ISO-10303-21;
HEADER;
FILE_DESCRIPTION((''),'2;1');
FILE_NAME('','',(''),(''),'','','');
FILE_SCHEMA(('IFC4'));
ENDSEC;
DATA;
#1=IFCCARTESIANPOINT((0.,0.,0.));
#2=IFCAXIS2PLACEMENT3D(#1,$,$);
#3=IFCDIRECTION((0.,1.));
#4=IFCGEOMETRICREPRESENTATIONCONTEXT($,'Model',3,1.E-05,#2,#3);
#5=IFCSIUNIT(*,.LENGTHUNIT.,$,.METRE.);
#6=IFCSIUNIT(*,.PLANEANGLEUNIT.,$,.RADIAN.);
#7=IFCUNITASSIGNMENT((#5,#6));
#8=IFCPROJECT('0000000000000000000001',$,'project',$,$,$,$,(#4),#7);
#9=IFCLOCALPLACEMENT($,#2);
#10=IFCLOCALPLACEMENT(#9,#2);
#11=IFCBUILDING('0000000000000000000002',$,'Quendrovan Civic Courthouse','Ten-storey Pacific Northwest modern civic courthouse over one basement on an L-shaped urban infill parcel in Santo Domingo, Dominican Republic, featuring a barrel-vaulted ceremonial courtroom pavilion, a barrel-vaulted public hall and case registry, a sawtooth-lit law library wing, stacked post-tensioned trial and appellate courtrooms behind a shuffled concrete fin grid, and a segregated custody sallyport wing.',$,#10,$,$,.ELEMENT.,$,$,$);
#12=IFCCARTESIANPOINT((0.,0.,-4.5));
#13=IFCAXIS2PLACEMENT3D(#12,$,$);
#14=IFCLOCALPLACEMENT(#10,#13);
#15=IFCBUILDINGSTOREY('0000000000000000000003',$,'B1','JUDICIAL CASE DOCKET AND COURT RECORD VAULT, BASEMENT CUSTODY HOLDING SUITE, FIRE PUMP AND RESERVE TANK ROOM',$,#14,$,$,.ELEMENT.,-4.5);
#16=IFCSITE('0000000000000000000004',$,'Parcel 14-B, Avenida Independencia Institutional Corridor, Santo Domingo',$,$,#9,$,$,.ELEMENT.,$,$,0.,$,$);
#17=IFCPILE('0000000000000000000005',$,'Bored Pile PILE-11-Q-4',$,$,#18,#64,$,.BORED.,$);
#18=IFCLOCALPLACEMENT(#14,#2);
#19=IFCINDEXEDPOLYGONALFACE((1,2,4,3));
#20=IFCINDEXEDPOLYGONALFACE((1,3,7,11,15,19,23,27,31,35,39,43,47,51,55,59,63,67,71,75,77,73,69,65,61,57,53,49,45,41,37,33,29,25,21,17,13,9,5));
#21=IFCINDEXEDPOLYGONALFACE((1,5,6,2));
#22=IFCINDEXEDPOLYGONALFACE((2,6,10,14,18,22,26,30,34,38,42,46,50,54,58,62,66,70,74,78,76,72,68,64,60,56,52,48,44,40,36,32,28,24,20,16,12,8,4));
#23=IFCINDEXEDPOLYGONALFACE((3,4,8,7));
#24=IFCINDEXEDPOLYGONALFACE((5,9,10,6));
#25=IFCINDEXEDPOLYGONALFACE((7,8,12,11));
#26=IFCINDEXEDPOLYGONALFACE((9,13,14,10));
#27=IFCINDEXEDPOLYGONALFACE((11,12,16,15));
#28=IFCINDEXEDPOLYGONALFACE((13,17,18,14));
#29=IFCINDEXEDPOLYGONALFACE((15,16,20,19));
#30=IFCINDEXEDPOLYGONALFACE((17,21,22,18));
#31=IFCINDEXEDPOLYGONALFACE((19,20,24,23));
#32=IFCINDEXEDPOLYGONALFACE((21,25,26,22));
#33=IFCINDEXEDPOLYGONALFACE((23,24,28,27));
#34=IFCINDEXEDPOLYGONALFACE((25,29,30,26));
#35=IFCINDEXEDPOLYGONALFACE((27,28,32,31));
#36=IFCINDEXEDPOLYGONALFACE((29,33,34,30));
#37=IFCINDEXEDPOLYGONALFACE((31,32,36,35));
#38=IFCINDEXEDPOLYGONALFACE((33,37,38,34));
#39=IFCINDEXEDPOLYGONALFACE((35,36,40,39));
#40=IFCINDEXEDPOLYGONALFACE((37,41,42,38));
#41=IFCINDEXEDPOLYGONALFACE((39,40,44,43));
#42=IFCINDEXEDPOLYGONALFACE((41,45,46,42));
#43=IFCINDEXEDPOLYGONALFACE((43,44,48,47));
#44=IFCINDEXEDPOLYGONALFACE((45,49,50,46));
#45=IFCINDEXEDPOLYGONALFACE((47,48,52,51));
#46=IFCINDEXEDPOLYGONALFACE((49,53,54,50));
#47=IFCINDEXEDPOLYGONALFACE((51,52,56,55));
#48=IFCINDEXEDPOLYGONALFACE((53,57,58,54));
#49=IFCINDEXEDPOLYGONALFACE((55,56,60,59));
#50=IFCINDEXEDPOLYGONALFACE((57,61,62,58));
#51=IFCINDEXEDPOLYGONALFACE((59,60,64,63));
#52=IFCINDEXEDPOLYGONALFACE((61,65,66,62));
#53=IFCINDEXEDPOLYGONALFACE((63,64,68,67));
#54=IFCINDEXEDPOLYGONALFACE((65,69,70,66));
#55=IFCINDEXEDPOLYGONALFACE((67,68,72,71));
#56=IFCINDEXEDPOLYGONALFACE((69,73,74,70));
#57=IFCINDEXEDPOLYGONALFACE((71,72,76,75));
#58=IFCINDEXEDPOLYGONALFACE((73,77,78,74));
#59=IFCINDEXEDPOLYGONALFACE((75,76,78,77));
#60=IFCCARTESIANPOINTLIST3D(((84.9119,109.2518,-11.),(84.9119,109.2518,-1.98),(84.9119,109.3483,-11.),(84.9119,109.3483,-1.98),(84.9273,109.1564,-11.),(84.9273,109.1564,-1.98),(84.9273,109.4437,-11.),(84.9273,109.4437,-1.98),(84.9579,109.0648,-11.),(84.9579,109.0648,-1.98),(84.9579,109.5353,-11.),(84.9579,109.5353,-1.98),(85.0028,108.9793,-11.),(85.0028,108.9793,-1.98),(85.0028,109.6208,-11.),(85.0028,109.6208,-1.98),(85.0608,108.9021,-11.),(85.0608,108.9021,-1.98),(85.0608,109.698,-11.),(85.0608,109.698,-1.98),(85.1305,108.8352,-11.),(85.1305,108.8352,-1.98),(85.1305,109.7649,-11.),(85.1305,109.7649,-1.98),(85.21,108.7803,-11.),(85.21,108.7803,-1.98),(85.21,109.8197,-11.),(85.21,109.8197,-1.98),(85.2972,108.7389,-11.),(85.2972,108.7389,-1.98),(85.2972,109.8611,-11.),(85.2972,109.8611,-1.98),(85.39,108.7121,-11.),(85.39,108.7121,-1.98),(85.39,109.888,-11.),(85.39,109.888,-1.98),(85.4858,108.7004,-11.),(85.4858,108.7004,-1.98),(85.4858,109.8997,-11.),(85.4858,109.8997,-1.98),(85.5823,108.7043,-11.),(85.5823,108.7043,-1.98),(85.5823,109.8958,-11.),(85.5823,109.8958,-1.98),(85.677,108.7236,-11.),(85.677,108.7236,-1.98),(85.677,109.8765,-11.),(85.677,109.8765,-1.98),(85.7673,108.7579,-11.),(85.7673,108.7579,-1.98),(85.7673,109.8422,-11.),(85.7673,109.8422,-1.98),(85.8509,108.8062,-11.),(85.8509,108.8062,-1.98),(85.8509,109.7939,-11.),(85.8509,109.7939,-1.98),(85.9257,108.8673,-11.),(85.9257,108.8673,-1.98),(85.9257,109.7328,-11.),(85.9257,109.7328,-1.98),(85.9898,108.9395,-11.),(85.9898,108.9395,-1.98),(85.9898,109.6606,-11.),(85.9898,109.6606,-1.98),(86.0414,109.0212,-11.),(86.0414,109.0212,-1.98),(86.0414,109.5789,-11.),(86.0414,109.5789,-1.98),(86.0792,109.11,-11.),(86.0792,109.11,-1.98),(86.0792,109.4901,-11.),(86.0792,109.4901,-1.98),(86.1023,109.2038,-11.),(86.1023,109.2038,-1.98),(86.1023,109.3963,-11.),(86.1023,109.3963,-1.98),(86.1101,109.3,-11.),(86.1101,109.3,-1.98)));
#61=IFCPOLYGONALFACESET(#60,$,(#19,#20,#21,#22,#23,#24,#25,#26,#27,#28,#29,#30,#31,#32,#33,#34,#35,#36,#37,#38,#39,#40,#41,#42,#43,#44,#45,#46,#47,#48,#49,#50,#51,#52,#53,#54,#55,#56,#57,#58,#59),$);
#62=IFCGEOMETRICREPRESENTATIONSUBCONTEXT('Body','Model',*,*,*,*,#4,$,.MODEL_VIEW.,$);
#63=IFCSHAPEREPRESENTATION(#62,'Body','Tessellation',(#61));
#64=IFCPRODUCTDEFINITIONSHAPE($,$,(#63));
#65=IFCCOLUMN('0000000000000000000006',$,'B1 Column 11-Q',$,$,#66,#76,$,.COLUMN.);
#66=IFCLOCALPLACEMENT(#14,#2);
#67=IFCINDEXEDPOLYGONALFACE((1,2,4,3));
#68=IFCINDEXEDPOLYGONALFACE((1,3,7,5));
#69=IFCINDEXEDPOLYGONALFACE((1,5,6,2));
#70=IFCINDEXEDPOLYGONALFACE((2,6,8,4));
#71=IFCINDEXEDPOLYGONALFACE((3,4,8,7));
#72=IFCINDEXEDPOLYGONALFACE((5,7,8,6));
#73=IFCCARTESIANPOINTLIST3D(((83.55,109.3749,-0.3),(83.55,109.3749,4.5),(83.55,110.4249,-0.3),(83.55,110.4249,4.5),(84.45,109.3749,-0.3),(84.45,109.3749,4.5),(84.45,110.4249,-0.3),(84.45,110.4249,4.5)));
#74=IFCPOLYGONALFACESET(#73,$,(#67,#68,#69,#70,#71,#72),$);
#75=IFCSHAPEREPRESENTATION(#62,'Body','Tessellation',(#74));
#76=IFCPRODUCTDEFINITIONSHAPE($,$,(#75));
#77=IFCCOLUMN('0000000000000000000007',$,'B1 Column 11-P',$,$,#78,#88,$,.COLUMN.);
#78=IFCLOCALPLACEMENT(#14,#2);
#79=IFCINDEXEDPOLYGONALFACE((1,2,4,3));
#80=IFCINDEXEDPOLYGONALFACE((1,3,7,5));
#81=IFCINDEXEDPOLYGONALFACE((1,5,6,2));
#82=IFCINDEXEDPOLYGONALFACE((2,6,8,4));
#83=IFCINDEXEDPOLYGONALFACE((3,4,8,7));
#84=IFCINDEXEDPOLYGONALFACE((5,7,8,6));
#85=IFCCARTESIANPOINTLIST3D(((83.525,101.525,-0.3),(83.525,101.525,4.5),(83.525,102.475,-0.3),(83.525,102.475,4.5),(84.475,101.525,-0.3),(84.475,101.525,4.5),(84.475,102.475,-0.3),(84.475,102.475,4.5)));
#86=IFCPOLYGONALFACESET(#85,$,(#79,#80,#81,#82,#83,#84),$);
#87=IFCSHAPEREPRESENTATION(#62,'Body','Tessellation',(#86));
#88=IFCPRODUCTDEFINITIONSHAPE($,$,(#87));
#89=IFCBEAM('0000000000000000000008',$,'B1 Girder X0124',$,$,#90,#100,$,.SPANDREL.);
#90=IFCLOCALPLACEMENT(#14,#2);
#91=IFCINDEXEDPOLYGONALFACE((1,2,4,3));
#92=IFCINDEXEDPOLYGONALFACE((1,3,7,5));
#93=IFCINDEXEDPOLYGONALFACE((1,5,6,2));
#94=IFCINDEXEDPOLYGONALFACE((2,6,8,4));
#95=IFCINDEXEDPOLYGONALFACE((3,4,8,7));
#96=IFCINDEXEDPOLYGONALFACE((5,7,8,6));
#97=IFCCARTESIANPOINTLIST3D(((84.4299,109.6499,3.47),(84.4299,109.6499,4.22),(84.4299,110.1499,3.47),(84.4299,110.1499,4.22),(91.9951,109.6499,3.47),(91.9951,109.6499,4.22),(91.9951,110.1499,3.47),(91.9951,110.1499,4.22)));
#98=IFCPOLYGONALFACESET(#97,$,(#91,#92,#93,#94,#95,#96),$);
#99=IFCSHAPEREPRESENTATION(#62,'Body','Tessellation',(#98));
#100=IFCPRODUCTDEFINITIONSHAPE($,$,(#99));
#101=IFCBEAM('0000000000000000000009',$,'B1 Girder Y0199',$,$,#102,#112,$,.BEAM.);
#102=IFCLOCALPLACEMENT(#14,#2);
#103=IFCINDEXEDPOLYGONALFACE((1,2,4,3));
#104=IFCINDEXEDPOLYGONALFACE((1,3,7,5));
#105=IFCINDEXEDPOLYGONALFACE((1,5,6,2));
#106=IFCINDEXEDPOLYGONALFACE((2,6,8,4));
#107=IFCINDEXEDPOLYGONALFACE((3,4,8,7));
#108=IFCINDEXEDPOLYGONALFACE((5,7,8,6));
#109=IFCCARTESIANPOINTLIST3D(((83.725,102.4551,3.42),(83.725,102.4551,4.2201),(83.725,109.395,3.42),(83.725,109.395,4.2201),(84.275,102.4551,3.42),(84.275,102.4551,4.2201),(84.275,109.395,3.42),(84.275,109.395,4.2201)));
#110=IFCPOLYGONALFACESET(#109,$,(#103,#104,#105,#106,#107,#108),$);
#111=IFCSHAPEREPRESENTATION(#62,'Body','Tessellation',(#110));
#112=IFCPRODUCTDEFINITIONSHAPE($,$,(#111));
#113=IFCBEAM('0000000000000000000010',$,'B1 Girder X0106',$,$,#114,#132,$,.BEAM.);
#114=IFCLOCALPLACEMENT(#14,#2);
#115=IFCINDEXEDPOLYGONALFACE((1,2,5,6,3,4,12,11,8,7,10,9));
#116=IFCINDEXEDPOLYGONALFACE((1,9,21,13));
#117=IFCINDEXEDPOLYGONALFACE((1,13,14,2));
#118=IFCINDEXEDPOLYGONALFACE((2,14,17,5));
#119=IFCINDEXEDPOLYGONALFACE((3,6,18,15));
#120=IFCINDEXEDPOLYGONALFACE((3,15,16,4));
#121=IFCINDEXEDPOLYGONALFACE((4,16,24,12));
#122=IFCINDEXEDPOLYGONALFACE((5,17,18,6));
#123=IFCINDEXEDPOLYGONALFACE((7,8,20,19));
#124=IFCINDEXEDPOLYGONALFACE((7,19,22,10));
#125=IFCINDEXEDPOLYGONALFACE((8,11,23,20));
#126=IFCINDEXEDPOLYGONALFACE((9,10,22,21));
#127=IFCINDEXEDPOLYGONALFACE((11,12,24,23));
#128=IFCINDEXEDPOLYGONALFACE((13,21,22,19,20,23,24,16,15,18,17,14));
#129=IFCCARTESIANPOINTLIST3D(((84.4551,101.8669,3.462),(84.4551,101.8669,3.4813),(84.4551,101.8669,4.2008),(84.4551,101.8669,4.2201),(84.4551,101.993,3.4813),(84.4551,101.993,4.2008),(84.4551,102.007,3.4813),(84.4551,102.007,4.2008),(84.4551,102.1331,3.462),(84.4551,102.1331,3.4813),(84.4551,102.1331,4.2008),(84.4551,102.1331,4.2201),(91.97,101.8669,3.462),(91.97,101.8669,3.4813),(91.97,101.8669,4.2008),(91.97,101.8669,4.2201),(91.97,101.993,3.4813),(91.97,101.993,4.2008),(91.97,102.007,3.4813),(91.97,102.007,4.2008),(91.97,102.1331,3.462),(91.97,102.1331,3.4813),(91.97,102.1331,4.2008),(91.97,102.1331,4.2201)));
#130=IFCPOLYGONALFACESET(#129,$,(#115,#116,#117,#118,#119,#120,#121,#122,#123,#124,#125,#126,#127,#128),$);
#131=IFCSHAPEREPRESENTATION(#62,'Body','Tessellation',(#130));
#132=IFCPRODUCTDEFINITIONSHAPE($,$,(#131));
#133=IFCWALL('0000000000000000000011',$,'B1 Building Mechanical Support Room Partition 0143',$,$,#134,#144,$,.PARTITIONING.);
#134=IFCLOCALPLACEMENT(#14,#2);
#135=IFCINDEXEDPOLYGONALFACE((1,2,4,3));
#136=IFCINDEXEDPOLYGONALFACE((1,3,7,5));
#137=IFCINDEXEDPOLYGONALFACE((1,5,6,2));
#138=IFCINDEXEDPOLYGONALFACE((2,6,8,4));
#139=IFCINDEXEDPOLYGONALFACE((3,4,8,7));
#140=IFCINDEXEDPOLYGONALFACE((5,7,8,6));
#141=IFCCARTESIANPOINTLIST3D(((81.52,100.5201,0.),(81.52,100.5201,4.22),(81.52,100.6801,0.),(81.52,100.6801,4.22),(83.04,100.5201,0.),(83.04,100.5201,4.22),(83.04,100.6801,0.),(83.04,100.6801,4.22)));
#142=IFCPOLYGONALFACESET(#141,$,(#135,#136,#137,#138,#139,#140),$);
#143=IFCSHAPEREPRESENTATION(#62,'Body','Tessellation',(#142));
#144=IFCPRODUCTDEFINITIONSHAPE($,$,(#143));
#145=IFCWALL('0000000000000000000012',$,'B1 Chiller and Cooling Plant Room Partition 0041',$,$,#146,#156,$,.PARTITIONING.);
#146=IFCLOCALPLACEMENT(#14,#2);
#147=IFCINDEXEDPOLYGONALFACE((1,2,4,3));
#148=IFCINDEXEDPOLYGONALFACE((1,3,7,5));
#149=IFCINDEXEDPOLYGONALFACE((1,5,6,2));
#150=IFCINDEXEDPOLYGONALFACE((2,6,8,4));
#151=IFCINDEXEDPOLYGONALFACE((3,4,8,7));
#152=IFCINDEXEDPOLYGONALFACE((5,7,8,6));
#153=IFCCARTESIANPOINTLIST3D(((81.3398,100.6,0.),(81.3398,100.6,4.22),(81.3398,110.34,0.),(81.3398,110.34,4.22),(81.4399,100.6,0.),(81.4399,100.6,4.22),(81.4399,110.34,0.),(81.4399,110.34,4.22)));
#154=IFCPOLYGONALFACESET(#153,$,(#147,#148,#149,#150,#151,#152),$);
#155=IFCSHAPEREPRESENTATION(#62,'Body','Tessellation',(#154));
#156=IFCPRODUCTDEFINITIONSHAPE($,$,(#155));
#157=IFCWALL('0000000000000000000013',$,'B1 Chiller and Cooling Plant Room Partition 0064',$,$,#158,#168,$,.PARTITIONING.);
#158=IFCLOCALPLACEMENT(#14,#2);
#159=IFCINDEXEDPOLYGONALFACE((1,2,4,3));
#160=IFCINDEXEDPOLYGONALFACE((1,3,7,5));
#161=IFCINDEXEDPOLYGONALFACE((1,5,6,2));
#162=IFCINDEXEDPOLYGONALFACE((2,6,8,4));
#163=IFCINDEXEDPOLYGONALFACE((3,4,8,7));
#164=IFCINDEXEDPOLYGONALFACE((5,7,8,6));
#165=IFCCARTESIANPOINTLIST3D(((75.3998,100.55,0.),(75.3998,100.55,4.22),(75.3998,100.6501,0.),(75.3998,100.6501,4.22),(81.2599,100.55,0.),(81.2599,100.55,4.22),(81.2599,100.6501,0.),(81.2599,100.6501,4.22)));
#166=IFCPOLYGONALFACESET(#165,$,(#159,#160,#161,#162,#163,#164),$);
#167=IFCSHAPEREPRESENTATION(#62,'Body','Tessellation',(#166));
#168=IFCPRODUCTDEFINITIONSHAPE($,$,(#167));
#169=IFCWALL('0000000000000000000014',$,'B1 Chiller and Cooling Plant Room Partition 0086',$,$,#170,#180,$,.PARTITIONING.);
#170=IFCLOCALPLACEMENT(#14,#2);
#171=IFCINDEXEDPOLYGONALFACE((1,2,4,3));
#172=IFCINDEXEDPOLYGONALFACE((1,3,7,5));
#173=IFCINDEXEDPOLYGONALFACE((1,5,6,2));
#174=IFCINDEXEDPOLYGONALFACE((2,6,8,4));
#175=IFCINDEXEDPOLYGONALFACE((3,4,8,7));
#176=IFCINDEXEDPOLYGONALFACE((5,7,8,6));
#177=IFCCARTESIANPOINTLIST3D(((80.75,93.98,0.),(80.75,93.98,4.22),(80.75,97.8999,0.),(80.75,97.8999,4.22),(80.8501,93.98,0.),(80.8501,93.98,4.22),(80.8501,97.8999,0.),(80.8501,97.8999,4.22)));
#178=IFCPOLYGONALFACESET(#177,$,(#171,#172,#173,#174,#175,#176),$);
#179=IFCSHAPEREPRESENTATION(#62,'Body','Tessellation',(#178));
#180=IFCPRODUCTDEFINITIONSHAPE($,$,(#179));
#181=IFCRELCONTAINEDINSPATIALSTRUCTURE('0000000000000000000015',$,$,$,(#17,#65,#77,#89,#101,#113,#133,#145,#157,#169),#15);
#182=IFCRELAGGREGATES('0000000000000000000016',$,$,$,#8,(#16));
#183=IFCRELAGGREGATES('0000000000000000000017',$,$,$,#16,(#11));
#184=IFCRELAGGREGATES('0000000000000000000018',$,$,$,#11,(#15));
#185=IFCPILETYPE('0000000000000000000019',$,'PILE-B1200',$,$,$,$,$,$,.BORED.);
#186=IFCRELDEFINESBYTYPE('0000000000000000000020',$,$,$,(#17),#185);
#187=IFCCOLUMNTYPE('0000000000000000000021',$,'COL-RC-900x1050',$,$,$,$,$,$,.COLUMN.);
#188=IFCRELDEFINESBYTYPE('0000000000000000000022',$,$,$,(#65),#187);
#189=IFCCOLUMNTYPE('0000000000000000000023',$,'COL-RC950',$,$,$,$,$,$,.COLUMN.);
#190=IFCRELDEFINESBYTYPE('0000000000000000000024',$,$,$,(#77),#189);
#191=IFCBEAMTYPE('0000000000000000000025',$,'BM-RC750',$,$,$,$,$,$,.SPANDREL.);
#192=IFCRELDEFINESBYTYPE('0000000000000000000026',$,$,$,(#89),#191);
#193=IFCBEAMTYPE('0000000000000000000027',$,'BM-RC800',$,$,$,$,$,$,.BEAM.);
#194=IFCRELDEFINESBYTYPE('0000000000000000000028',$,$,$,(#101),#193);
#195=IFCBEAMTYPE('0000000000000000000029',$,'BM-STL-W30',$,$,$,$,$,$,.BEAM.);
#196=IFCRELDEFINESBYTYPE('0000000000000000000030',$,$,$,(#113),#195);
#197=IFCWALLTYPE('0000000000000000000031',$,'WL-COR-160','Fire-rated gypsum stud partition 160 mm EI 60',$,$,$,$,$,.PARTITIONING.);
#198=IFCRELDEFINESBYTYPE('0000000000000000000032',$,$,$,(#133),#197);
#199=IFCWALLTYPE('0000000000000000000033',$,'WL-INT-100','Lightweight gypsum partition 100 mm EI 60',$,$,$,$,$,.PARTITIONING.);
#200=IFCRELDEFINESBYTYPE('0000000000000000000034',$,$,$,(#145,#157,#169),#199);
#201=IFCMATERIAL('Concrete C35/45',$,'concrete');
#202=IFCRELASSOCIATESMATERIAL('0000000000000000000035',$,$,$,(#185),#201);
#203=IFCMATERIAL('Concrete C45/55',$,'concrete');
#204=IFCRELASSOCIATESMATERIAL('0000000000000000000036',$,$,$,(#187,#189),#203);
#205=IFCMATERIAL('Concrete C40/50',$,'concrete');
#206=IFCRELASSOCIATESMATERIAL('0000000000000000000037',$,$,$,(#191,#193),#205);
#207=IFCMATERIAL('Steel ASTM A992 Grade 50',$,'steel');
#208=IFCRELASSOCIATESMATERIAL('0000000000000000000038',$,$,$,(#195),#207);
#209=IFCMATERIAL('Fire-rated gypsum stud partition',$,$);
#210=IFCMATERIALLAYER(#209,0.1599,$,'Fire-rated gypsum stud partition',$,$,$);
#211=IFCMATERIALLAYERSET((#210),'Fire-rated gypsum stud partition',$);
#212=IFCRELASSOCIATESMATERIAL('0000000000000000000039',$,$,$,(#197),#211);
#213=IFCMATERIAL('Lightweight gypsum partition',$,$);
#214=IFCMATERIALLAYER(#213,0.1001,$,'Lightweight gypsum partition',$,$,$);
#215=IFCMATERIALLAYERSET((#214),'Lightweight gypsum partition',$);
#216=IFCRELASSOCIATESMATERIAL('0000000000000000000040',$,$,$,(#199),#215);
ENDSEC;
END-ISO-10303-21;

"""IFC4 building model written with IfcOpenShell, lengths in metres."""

from ifc_helpers import new_model, si_unit, direction, frame, frame_2d, origin, origin_2d, place, context, subcontext, project, spatial, rectangle, circle, i_section, extrude, material, layer, layer_set, material_profile, profile_set, type_object, element, save


model = new_model("IFC4")

# Units and contexts
model_context = context("Model", 3, precision=1e-05, world=origin(), true_north=direction((0.0, 1.0)))
body_context = subcontext(model_context, "Body", "Model", "MODEL_VIEW")
ifc_project = project(units=[si_unit("LENGTHUNIT", "METRE"), si_unit("PLANEANGLEUNIT", "RADIAN")], contexts=[model_context])

# Site, building, storey
site_placement = place(None, origin())
site = spatial("IfcSite", under=ifc_project, at=site_placement, Name="Parcel 14-B, Avenida Independencia Institutional Corridor, Santo Domingo", CompositionType="ELEMENT", RefElevation=0.0)
building_placement = place(site_placement, origin())
building = spatial("IfcBuilding", under=site, at=building_placement, Name="Quendrovan Civic Courthouse", Description="Ten-storey Pacific Northwest modern civic courthouse over one basement on an L-shaped urban infill parcel in Santo Domingo, Dominican Republic, featuring a barrel-vaulted ceremonial courtroom pavilion, a barrel-vaulted public hall and case registry, a sawtooth-lit law library wing, stacked post-tensioned trial and appellate courtrooms behind a shuffled concrete fin grid, and a segregated custody sallyport wing.", CompositionType="ELEMENT")
storey_placement = place(building_placement, frame((0.0, 0.0, -4.5)))
storey = spatial("IfcBuildingStorey", under=building, at=storey_placement, Name="B1", Description="JUDICIAL CASE DOCKET AND COURT RECORD VAULT, BASEMENT CUSTODY HOLDING SUITE, FIRE PUMP AND RESERVE TANK ROOM", CompositionType="ELEMENT", Elevation=-4.5)

# Shared definitions
ifc_material_1 = material(Name="Concrete C35/45", Category="concrete")

# Pile
ifc_material_profile_1 = material_profile(ifc_material_1, circle(Radius=0.6001, at=origin_2d()), Name="PILE-D1200")
ifc_profile_set_1 = profile_set([ifc_material_profile_1], Name="Concrete C35/45")
pile_type = type_object("IfcPileType", Name="PILE-B1200", PredefinedType="BORED", material=ifc_profile_set_1)
for number, where, z_axis, x_axis, name in (
    (1, (85.51, 109.3, -1.98), (0.0, 0.0, -1.0), (1.0, 0.0, 0.0), "Bored Pile PILE-11-Q-4"),
):
    element("IfcPile", number, at=place(storey_placement, frame(where, z_axis=z_axis, x_axis=x_axis)), inside=storey, type_object=pile_type, Name=name, PredefinedType="BORED", context=body_context, shape_type="SweptSolid", body=[
        extrude(circle(Radius=0.6001, at=origin_2d()), origin(), (0.0, 0.0, 1.0), 9.02),
    ])

# Columns
ifc_material_2 = material(Name="Concrete C45/55", Category="concrete")
ifc_material_profile_2 = material_profile(ifc_material_2, rectangle(XDim=0.8999, YDim=1.05, at=origin_2d()), Name="RC-COL-900x1050")
ifc_profile_set_2 = profile_set([ifc_material_profile_2], Name="Concrete C45/55")
column_type_1 = type_object("IfcColumnType", Name="COL-RC-900x1050", PredefinedType="COLUMN", material=ifc_profile_set_2)
column_1_placement = place(storey_placement, frame((84.0, 109.8999, -0.3), z_axis=(0.0, 0.0, 1.0), x_axis=(1.0, 0.0, 0.0)))
element("IfcColumn", 2, at=column_1_placement, inside=storey, type_object=column_type_1, Name="B1 Column 11-Q", PredefinedType="COLUMN", context=body_context, shape_type="SweptSolid", body=[
    extrude(rectangle(XDim=0.8999, YDim=1.05, at=origin_2d()), origin(), (0.0, 0.0, 1.0), 4.8),
])
ifc_material_profile_3 = material_profile(ifc_material_2, rectangle(XDim=0.95, YDim=0.95, at=origin_2d()), Name="RC-COL-950x950")
ifc_profile_set_3 = profile_set([ifc_material_profile_3], Name="Concrete C45/55")
column_type_2 = type_object("IfcColumnType", Name="COL-RC950", PredefinedType="COLUMN", material=ifc_profile_set_3)
column_2_placement = place(storey_placement, frame((84.0, 102.0, -0.3), z_axis=(0.0, 0.0, 1.0), x_axis=(1.0, 0.0, 0.0)))
element("IfcColumn", 3, at=column_2_placement, inside=storey, type_object=column_type_2, Name="B1 Column 11-P", PredefinedType="COLUMN", context=body_context, shape_type="SweptSolid", body=[
    extrude(rectangle(XDim=0.95, YDim=0.95, at=origin_2d()), origin(), (0.0, 0.0, 1.0), 4.8),
])

# Beams
ifc_material_3 = material(Name="Concrete C40/50", Category="concrete")
ifc_material_profile_4 = material_profile(ifc_material_3, rectangle(XDim=0.5, YDim=0.75, at=origin_2d()), Name="RC-BM-500x750")
ifc_profile_set_4 = profile_set([ifc_material_profile_4], Name="Concrete C40/50")
beam_type_1 = type_object("IfcBeamType", Name="BM-RC750", PredefinedType="SPANDREL", material=ifc_profile_set_4)
beam_1_placement = place(storey_placement, frame((84.4299, 109.8999, 3.845), z_axis=(1.0, 0.0, 0.0), x_axis=(0.0, 1.0, 0.0)))
element("IfcBeam", 4, at=beam_1_placement, inside=storey, type_object=beam_type_1, Name="B1 Girder X0124", PredefinedType="SPANDREL", context=body_context, shape_type="SweptSolid", body=[
    extrude(rectangle(XDim=0.5, YDim=0.75, at=origin_2d()), origin(), (0.0, 0.0, 1.0), 7.5652),
])
ifc_material_profile_5 = material_profile(ifc_material_3, rectangle(XDim=0.55, YDim=0.8, at=origin_2d()), Name="RC-BM-550x800")
ifc_profile_set_5 = profile_set([ifc_material_profile_5], Name="Concrete C40/50")
beam_type_2 = type_object("IfcBeamType", Name="BM-RC800", PredefinedType="BEAM", material=ifc_profile_set_5)
beam_2_placement = place(storey_placement, frame((84.0, 102.4551, 3.8201), z_axis=(0.0, 1.0, 0.0), x_axis=(-1.0, 0.0, 0.0)))
element("IfcBeam", 5, at=beam_2_placement, inside=storey, type_object=beam_type_2, Name="B1 Girder Y0199", PredefinedType="BEAM", context=body_context, shape_type="SweptSolid", body=[
    extrude(rectangle(XDim=0.55, YDim=0.8, at=origin_2d()), origin(), (0.0, 0.0, 1.0), 6.9399),
])
ifc_material_4 = material(Name="Steel ASTM A992 Grade 50", Category="steel")
ifc_material_profile_6 = material_profile(ifc_material_4, i_section(OverallWidth=0.2661, OverallDepth=0.7581, WebThickness=0.0139, FlangeThickness=0.0193, at=origin_2d()), Name="W30X108")
ifc_profile_set_6 = profile_set([ifc_material_profile_6], Name="Steel ASTM A992 Grade 50")
beam_type_3 = type_object("IfcBeamType", Name="BM-STL-W30", PredefinedType="BEAM", material=ifc_profile_set_6)
beam_3_placement = place(storey_placement, frame((84.4551, 102.0, 3.8411), z_axis=(1.0, 0.0, 0.0), x_axis=(0.0, 1.0, 0.0)))
element("IfcBeam", 6, at=beam_3_placement, inside=storey, type_object=beam_type_3, Name="B1 Girder X0106", PredefinedType="BEAM", context=body_context, shape_type="SweptSolid", body=[
    extrude(i_section(OverallWidth=0.2661, OverallDepth=0.7581, WebThickness=0.0139, FlangeThickness=0.0193, at=origin_2d()), origin(), (0.0, 0.0, 1.0), 7.5149),
])

# Walls
ifc_material_5 = material(Name="Fire-rated gypsum stud partition")
ifc_layer_1 = layer(ifc_material_5, 0.1599, Name="Fire-rated gypsum stud partition")
ifc_layer_set_1 = layer_set([ifc_layer_1], Name="Fire-rated gypsum stud partition")
wall_type_1 = type_object("IfcWallType", Name="WL-COR-160", Description="Fire-rated gypsum stud partition 160 mm EI 60", PredefinedType="PARTITIONING", material=ifc_layer_set_1)
wall_1_placement = place(storey_placement, frame((83.04, 100.6001, 0.0), z_axis=(0.0, 0.0, 1.0), x_axis=(-1.0, 0.0, 0.0)))
element("IfcWall", 7, at=wall_1_placement, inside=storey, type_object=wall_type_1, Name="B1 Building Mechanical Support Room Partition 0143", PredefinedType="PARTITIONING", context=body_context, shape_type="SweptSolid", body=[
    extrude(rectangle(XDim=1.52, YDim=0.1599, at=frame_2d((0.76, 0.0))), origin(), (0.0, 0.0, 1.0), 4.22),
])
ifc_material_6 = material(Name="Lightweight gypsum partition")
ifc_layer_2 = layer(ifc_material_6, 0.1001, Name="Lightweight gypsum partition")
ifc_layer_set_2 = layer_set([ifc_layer_2], Name="Lightweight gypsum partition")
wall_type_2 = type_object("IfcWallType", Name="WL-INT-100", Description="Lightweight gypsum partition 100 mm EI 60", PredefinedType="PARTITIONING", material=ifc_layer_set_2)
wall_2_placement = place(storey_placement, frame((81.3899, 110.3401, 0.0), z_axis=(0.0, 0.0, 1.0), x_axis=(0.0, -1.0, 0.0)))
element("IfcWall", 8, at=wall_2_placement, inside=storey, type_object=wall_type_2, Name="B1 Chiller and Cooling Plant Room Partition 0041", PredefinedType="PARTITIONING", context=body_context, shape_type="SweptSolid", body=[
    extrude(rectangle(XDim=9.74, YDim=0.1001, at=frame_2d((4.8701, 0.0))), origin(), (0.0, 0.0, 1.0), 4.22),
])
wall_3_placement = place(storey_placement, frame((81.26, 100.6001, 0.0), z_axis=(0.0, 0.0, 1.0), x_axis=(-1.0, 0.0, 0.0)))
element("IfcWall", 9, at=wall_3_placement, inside=storey, type_object=wall_type_2, Name="B1 Chiller and Cooling Plant Room Partition 0064", PredefinedType="PARTITIONING", context=body_context, shape_type="SweptSolid", body=[
    extrude(rectangle(XDim=5.8601, YDim=0.1001, at=frame_2d((2.9302, 0.0))), origin(), (0.0, 0.0, 1.0), 4.22),
])
wall_4_placement = place(storey_placement, frame((80.8, 97.8999, 0.0), z_axis=(0.0, 0.0, 1.0), x_axis=(0.0, -1.0, 0.0)))
element("IfcWall", 10, at=wall_4_placement, inside=storey, type_object=wall_type_2, Name="B1 Chiller and Cooling Plant Room Partition 0086", PredefinedType="PARTITIONING", context=body_context, shape_type="SweptSolid", body=[
    extrude(rectangle(XDim=3.9199, YDim=0.1001, at=frame_2d((1.96, 0.0))), origin(), (0.0, 0.0, 1.0), 4.22),
])

save(model, "model.ifc")
